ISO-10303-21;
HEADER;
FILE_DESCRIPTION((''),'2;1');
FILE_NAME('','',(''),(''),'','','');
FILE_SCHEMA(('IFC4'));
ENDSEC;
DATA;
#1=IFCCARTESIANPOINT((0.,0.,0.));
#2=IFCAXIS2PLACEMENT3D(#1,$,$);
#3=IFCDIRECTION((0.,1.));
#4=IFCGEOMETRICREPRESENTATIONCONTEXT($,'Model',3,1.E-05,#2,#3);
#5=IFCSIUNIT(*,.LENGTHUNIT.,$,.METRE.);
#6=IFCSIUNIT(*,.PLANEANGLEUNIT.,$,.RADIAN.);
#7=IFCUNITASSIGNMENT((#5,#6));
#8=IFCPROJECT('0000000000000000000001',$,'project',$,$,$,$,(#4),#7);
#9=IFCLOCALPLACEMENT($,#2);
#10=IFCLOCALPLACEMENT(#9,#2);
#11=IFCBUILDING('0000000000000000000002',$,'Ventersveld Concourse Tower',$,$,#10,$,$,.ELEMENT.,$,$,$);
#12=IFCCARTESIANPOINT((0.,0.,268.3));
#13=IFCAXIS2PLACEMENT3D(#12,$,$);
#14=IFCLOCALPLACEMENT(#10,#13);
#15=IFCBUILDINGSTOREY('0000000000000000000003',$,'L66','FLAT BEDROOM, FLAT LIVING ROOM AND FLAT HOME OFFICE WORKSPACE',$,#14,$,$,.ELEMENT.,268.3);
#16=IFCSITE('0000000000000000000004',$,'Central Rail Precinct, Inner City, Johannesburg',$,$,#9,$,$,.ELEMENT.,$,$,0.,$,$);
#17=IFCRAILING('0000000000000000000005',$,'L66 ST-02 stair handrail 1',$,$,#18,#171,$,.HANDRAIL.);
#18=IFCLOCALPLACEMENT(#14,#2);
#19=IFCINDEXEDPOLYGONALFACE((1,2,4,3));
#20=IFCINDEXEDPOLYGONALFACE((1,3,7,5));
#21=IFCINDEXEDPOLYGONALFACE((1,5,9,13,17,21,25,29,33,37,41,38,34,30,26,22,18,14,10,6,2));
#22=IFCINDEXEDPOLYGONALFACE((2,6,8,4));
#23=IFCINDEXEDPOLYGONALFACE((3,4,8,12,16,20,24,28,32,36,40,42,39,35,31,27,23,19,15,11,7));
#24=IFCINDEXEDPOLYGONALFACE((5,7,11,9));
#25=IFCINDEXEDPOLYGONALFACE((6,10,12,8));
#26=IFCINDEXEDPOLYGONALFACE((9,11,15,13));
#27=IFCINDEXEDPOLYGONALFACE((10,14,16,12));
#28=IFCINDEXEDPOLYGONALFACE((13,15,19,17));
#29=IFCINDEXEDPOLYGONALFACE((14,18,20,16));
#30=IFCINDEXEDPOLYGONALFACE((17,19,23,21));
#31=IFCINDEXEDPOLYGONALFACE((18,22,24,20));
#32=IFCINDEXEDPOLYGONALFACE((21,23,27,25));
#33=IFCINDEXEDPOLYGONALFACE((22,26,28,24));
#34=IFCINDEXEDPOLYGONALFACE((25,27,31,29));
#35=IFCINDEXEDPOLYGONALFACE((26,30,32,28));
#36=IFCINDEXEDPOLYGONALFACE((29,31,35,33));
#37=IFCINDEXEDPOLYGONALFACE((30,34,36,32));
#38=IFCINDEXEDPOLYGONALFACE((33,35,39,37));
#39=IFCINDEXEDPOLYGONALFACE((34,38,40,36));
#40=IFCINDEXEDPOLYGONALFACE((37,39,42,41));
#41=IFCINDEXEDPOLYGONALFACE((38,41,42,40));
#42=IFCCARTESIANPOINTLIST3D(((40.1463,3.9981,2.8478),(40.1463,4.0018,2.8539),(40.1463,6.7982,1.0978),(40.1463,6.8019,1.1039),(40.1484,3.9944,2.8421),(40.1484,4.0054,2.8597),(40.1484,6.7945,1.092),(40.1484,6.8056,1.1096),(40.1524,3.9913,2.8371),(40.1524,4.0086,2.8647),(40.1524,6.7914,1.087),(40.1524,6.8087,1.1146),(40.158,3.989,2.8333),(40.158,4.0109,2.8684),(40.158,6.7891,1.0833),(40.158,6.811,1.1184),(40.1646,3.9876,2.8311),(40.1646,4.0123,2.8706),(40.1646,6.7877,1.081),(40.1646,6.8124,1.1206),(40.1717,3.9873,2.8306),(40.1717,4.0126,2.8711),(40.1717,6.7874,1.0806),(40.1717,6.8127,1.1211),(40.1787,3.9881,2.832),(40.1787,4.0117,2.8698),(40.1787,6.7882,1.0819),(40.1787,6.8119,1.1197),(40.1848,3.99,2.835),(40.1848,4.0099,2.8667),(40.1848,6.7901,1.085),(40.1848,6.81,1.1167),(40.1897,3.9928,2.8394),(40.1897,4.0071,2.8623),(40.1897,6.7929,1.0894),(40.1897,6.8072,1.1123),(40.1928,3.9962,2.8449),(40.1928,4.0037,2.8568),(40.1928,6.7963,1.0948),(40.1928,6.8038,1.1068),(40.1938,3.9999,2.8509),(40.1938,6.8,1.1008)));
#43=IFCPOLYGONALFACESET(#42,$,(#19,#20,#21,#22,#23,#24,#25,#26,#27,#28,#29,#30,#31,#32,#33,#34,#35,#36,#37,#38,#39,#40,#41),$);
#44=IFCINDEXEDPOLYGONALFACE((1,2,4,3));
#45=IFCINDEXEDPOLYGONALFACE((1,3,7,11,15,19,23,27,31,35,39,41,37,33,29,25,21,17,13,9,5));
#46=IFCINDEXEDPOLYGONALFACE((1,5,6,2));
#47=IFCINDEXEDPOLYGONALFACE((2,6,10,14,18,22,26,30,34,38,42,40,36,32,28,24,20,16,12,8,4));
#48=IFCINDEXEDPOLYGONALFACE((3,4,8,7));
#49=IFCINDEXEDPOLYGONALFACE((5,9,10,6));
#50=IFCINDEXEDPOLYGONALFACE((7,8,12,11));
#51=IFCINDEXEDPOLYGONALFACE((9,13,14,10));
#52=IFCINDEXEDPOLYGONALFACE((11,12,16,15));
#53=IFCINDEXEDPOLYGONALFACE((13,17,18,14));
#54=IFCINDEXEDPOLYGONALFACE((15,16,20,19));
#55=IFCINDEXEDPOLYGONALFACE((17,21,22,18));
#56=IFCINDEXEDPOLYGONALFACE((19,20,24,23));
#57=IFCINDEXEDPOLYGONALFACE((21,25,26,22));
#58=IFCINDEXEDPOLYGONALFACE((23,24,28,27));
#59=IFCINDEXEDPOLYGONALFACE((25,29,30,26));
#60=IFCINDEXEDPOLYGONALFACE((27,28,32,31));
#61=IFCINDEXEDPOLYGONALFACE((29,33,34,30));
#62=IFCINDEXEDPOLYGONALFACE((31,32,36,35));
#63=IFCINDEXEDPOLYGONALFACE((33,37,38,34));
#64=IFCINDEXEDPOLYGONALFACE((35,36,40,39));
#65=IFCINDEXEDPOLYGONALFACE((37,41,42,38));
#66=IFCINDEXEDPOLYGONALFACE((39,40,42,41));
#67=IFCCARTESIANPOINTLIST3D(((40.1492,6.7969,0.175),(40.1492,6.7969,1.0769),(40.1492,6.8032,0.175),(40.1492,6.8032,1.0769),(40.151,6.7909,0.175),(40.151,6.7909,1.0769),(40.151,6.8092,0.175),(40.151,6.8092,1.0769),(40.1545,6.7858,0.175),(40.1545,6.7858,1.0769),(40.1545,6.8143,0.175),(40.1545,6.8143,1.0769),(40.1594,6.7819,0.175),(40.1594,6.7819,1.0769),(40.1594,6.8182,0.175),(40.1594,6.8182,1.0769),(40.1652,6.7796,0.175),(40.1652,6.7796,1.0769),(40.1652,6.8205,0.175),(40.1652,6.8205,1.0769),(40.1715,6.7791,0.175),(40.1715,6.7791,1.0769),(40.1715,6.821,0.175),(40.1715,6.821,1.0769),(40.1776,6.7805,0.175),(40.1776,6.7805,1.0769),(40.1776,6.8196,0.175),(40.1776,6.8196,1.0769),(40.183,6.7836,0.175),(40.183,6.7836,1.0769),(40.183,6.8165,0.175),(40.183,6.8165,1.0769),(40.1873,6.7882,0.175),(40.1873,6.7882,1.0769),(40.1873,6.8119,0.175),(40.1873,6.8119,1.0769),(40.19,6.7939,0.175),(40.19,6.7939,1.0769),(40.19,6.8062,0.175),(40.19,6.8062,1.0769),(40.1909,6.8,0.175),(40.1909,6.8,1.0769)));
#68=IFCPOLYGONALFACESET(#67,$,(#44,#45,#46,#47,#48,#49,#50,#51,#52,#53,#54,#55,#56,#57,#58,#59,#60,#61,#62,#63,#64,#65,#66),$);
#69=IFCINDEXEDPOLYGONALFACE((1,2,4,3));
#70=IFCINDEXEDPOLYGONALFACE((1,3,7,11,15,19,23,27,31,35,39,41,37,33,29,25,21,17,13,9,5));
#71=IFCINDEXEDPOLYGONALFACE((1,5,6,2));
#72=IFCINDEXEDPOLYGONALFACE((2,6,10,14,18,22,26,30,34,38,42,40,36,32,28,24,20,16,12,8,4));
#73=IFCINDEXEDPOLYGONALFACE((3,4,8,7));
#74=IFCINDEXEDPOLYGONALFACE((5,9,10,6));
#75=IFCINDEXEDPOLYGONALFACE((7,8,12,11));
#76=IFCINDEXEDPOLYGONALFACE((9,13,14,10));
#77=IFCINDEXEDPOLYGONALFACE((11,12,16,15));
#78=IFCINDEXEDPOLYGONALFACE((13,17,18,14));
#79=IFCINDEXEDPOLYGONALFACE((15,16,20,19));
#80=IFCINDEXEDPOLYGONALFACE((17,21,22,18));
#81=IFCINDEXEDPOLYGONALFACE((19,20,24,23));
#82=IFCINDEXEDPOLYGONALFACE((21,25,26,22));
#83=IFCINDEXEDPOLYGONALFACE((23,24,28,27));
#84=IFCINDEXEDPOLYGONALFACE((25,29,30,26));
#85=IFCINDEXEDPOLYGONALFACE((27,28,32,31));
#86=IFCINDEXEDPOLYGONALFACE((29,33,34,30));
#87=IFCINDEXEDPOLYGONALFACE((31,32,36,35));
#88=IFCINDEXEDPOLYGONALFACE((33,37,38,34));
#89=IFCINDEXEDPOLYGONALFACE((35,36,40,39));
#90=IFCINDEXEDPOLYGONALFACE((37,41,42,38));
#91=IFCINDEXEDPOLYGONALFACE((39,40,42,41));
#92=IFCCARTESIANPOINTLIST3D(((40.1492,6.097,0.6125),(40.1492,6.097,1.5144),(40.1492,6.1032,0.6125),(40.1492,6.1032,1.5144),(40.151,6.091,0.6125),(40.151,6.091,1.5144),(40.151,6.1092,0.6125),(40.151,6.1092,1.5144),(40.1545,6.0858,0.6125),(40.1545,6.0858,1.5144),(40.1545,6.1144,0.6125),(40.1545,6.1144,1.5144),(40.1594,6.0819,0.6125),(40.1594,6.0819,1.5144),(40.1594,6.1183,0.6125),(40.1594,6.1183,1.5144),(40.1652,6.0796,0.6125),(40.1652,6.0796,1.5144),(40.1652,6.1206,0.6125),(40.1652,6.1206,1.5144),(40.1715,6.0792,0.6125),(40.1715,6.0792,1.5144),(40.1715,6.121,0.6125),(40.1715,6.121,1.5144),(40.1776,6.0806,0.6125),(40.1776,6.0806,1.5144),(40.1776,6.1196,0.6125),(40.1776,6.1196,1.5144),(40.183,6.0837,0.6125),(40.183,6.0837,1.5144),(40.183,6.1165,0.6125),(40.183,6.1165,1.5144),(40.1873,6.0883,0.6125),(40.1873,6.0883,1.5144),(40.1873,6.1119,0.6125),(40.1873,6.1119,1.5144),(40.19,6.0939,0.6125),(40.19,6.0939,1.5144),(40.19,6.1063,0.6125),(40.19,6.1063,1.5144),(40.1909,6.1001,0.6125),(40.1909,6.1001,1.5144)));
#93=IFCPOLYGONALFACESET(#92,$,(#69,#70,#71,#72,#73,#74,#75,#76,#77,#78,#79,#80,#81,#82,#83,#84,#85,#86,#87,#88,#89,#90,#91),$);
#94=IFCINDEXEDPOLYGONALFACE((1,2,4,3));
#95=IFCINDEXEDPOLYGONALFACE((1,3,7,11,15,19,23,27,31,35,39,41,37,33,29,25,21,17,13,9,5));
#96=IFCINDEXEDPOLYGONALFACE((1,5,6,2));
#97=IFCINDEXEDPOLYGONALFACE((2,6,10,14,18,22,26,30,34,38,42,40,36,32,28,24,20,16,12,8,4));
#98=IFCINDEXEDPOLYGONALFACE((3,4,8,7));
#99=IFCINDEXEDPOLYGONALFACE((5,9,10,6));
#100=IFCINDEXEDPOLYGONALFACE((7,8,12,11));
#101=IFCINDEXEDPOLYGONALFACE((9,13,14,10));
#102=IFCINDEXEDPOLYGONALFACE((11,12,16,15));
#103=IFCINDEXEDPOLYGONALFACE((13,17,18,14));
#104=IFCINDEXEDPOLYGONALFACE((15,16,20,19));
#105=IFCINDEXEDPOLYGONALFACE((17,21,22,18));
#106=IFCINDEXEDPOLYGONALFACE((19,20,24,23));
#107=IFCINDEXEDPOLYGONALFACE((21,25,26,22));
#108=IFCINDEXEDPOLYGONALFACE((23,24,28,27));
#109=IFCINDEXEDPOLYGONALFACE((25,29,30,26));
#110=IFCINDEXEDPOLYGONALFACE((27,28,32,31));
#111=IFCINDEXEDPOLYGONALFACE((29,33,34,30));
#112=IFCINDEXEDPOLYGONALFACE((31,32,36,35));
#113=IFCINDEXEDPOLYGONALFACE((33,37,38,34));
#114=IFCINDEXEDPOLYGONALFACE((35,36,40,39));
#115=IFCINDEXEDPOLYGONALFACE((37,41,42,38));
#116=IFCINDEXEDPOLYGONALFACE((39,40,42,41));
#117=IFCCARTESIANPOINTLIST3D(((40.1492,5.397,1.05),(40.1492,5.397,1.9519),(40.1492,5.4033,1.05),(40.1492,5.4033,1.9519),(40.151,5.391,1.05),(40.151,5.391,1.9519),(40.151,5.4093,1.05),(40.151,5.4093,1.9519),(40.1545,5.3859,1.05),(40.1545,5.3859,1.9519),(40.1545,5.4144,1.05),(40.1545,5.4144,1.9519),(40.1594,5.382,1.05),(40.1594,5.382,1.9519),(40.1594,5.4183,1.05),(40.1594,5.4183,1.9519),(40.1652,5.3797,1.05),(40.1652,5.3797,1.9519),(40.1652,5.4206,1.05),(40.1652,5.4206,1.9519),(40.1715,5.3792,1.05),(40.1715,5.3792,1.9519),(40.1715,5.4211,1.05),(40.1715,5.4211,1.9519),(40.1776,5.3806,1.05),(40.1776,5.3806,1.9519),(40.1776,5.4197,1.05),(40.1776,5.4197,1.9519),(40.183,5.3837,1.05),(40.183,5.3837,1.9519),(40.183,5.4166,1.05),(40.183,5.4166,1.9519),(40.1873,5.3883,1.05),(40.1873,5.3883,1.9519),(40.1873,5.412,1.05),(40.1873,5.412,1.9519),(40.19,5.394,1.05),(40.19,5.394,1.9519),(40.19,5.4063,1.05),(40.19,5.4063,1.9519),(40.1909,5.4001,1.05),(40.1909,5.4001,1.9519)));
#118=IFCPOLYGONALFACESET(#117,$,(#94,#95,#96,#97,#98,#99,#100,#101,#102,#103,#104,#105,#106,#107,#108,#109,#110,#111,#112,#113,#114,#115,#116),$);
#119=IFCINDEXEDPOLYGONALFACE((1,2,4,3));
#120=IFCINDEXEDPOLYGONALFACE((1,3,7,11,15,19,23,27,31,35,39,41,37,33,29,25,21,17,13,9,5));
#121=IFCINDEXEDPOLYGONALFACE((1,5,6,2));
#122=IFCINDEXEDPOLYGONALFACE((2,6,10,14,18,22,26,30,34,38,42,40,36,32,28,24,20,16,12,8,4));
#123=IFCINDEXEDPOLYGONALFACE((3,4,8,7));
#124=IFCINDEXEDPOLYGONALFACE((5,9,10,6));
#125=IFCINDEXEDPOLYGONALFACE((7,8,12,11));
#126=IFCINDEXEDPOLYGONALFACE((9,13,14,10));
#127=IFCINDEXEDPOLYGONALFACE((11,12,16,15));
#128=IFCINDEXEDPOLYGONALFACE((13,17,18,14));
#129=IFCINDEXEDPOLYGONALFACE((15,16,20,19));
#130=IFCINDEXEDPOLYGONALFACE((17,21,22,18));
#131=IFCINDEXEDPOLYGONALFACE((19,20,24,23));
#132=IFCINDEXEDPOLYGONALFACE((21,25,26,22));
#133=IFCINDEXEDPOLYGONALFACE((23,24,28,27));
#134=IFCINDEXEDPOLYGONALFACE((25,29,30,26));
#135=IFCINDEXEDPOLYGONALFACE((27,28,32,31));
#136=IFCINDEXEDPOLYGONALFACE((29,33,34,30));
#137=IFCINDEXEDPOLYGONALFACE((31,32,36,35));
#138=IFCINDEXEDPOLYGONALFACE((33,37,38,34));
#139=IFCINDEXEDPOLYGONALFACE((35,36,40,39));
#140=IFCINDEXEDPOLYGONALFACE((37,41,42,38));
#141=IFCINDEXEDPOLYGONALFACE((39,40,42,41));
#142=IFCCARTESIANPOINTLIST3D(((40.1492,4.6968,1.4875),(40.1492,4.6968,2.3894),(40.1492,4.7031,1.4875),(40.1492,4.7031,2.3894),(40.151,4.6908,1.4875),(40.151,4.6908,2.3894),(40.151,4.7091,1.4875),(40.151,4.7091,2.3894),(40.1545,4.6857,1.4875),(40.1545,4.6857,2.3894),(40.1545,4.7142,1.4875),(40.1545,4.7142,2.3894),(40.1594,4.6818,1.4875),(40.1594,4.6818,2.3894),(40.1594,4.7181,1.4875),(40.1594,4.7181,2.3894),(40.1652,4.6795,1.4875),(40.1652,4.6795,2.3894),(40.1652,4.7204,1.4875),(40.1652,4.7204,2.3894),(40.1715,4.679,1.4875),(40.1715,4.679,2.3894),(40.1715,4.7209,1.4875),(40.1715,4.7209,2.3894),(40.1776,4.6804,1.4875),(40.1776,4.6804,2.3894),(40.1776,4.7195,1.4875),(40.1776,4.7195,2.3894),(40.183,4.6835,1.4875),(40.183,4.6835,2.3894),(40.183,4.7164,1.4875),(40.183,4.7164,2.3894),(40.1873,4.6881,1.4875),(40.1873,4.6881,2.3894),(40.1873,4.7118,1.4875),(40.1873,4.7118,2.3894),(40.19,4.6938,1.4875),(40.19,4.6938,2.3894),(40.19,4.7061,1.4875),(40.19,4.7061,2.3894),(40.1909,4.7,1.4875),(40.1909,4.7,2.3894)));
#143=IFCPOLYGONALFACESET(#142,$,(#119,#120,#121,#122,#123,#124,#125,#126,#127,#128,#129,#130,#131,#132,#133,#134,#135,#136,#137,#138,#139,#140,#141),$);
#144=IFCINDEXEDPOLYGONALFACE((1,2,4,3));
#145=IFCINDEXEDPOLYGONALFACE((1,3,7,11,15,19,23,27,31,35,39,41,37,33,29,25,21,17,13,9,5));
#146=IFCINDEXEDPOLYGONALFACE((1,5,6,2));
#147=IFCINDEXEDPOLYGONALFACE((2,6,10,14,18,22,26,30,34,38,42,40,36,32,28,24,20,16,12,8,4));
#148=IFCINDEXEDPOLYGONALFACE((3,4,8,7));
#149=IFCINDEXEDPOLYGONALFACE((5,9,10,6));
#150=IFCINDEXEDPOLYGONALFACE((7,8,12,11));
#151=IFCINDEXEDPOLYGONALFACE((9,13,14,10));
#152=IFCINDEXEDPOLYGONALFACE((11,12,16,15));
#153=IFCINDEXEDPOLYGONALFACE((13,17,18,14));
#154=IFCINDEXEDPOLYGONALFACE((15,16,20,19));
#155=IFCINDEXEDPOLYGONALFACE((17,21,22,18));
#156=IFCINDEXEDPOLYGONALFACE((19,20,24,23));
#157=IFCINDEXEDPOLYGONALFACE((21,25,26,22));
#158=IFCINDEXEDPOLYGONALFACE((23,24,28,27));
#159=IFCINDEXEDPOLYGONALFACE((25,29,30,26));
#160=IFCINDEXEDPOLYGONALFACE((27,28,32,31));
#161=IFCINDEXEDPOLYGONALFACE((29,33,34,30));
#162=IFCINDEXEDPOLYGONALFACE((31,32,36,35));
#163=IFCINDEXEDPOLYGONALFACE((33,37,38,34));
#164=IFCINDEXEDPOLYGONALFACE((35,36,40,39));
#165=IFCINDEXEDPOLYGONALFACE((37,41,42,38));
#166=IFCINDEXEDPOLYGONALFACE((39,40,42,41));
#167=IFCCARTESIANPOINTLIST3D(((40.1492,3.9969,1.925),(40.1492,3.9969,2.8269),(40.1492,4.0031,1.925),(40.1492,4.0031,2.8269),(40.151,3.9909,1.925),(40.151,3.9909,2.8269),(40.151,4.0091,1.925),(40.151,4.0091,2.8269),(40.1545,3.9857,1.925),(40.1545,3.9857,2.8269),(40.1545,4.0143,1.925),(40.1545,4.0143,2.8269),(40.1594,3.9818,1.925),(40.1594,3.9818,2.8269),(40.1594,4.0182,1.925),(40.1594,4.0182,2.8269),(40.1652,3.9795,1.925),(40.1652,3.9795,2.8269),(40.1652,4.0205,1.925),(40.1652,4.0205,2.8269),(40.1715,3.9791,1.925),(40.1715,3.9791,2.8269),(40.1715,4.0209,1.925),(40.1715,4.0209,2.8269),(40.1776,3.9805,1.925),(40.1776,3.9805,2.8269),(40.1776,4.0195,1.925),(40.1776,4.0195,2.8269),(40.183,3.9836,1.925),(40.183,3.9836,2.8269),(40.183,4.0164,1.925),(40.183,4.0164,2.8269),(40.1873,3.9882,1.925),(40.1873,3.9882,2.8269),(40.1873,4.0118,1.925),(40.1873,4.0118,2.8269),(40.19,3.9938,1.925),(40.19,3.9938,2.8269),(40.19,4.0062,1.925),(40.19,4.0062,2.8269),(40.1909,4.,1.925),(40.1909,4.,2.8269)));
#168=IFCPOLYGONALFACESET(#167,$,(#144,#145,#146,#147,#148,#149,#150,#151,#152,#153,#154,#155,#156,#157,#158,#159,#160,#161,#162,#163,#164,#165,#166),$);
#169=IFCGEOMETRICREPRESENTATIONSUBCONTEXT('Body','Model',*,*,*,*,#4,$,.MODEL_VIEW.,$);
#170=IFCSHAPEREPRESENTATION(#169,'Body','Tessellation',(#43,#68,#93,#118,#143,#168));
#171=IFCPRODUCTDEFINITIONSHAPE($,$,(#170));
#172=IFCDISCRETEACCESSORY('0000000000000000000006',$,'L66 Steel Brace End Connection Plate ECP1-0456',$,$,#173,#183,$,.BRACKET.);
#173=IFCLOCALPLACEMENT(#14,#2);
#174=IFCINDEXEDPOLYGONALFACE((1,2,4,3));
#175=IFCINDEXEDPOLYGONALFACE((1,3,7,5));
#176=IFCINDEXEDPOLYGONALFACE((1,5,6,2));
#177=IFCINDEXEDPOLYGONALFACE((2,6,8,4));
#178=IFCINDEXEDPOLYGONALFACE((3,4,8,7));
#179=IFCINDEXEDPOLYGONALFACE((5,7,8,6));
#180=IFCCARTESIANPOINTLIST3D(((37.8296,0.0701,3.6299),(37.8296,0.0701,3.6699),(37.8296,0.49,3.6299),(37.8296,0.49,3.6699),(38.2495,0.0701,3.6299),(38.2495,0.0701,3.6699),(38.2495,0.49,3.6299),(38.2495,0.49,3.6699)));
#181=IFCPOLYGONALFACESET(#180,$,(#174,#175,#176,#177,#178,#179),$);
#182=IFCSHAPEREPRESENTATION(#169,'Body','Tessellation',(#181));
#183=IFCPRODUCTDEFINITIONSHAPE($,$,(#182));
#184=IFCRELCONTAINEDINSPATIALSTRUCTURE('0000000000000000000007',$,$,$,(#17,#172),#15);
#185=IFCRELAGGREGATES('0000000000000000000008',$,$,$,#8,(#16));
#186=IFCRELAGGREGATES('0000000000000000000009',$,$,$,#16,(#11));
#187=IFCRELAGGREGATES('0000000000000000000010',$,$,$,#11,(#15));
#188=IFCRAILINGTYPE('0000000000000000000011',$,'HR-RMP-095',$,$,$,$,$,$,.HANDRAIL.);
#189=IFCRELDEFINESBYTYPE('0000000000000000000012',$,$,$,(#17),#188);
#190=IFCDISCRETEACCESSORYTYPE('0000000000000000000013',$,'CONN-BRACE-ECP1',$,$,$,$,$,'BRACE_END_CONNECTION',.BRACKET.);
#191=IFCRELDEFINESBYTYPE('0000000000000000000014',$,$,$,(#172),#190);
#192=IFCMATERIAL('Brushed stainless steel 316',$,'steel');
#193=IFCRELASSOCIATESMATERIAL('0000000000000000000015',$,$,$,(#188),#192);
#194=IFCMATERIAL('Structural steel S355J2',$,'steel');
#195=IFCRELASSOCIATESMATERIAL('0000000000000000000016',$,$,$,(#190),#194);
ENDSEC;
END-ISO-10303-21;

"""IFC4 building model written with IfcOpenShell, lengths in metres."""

from ifc_helpers import new_model, si_unit, direction, frame, origin, origin_2d, place, context, subcontext, project, spatial, rectangle, circle, extrude, material, type_object, element, save


model = new_model("IFC4")

# Units and contexts
model_context = context("Model", 3, precision=1e-05, world=origin(), true_north=direction((0.0, 1.0)))
body_context = subcontext(model_context, "Body", "Model", "MODEL_VIEW")
ifc_project = project(units=[si_unit("LENGTHUNIT", "METRE"), si_unit("PLANEANGLEUNIT", "RADIAN")], contexts=[model_context])

# Site, building, storey
site_placement = place(None, origin())
site = spatial("IfcSite", under=ifc_project, at=site_placement, Name="Central Rail Precinct, Inner City, Johannesburg", CompositionType="ELEMENT", RefElevation=0.0)
building_placement = place(site_placement, origin())
building = spatial("IfcBuilding", under=site, at=building_placement, Name="Ventersveld Concourse Tower", CompositionType="ELEMENT")
storey_placement = place(building_placement, frame((0.0, 0.0, 268.3)))
storey = spatial("IfcBuildingStorey", under=building, at=storey_placement, Name="L66", Description="FLAT BEDROOM, FLAT LIVING ROOM AND FLAT HOME OFFICE WORKSPACE", CompositionType="ELEMENT", Elevation=268.3)

# Shared definitions
ifc_material_1 = material(Name="Structural steel S355J2", Category="steel")

# Shared definitions
ifc_material_2 = material(Name="Brushed stainless steel 316", Category="steel")

# Railing
railing_type_1 = type_object("IfcRailingType", Name="HR-RMP-095", PredefinedType="HANDRAIL", material=ifc_material_2)
railing_1_placement = place(storey_placement, frame((40.1699, 6.8, 0.175)))
element("IfcRailing", 1, at=railing_1_placement, inside=storey, type_object=railing_type_1, Name="L66 ST-02 stair handrail 1", PredefinedType="HANDRAIL", context=body_context, shape_type="SweptSolid", body=[
    extrude(circle(Radius=0.0239, at=origin_2d()), frame((0.0, 0.0, 0.9258), z_axis=(0.0, -0.848002, 0.529992), x_axis=(1.0, 0.0, 0.0)), (0.0, 0.0, 1.0), 3.302),
    extrude(circle(Radius=0.021, at=origin_2d()), origin(), (0.0, 0.0, 1.0), 0.9019),
    extrude(circle(Radius=0.021, at=origin_2d()), frame((0.0, -0.7, 0.4375)), (0.0, 0.0, 1.0), 0.9019),
    extrude(circle(Radius=0.021, at=origin_2d()), frame((0.0, -1.3999, 0.875)), (0.0, 0.0, 1.0), 0.9019),
    extrude(circle(Radius=0.021, at=origin_2d()), frame((0.0, -2.1001, 1.3125)), (0.0, 0.0, 1.0), 0.9019),
    extrude(circle(Radius=0.021, at=origin_2d()), frame((0.0, -2.8, 1.75)), (0.0, 0.0, 1.0), 0.9019),
])

# Discrete accessory
discrete_accessory_type = type_object("IfcDiscreteAccessoryType", Name="CONN-BRACE-ECP1", ElementType="BRACE_END_CONNECTION", PredefinedType="BRACKET", material=ifc_material_1)
discrete_accessory_placement = place(storey_placement, frame((38.0396, 0.28, 3.6299), z_axis=(0.0, 0.0, 1.0), x_axis=(1.0, 0.0, 0.0)))
element("IfcDiscreteAccessory", 2, at=discrete_accessory_placement, inside=storey, type_object=discrete_accessory_type, Name="L66 Steel Brace End Connection Plate ECP1-0456", PredefinedType="BRACKET", context=body_context, shape_type="SweptSolid", body=[
    extrude(rectangle(XDim=0.4199, YDim=0.4199, at=origin_2d()), origin(), (0.0, 0.0, 1.0), 0.04),
])

save(model, "model.ifc")
